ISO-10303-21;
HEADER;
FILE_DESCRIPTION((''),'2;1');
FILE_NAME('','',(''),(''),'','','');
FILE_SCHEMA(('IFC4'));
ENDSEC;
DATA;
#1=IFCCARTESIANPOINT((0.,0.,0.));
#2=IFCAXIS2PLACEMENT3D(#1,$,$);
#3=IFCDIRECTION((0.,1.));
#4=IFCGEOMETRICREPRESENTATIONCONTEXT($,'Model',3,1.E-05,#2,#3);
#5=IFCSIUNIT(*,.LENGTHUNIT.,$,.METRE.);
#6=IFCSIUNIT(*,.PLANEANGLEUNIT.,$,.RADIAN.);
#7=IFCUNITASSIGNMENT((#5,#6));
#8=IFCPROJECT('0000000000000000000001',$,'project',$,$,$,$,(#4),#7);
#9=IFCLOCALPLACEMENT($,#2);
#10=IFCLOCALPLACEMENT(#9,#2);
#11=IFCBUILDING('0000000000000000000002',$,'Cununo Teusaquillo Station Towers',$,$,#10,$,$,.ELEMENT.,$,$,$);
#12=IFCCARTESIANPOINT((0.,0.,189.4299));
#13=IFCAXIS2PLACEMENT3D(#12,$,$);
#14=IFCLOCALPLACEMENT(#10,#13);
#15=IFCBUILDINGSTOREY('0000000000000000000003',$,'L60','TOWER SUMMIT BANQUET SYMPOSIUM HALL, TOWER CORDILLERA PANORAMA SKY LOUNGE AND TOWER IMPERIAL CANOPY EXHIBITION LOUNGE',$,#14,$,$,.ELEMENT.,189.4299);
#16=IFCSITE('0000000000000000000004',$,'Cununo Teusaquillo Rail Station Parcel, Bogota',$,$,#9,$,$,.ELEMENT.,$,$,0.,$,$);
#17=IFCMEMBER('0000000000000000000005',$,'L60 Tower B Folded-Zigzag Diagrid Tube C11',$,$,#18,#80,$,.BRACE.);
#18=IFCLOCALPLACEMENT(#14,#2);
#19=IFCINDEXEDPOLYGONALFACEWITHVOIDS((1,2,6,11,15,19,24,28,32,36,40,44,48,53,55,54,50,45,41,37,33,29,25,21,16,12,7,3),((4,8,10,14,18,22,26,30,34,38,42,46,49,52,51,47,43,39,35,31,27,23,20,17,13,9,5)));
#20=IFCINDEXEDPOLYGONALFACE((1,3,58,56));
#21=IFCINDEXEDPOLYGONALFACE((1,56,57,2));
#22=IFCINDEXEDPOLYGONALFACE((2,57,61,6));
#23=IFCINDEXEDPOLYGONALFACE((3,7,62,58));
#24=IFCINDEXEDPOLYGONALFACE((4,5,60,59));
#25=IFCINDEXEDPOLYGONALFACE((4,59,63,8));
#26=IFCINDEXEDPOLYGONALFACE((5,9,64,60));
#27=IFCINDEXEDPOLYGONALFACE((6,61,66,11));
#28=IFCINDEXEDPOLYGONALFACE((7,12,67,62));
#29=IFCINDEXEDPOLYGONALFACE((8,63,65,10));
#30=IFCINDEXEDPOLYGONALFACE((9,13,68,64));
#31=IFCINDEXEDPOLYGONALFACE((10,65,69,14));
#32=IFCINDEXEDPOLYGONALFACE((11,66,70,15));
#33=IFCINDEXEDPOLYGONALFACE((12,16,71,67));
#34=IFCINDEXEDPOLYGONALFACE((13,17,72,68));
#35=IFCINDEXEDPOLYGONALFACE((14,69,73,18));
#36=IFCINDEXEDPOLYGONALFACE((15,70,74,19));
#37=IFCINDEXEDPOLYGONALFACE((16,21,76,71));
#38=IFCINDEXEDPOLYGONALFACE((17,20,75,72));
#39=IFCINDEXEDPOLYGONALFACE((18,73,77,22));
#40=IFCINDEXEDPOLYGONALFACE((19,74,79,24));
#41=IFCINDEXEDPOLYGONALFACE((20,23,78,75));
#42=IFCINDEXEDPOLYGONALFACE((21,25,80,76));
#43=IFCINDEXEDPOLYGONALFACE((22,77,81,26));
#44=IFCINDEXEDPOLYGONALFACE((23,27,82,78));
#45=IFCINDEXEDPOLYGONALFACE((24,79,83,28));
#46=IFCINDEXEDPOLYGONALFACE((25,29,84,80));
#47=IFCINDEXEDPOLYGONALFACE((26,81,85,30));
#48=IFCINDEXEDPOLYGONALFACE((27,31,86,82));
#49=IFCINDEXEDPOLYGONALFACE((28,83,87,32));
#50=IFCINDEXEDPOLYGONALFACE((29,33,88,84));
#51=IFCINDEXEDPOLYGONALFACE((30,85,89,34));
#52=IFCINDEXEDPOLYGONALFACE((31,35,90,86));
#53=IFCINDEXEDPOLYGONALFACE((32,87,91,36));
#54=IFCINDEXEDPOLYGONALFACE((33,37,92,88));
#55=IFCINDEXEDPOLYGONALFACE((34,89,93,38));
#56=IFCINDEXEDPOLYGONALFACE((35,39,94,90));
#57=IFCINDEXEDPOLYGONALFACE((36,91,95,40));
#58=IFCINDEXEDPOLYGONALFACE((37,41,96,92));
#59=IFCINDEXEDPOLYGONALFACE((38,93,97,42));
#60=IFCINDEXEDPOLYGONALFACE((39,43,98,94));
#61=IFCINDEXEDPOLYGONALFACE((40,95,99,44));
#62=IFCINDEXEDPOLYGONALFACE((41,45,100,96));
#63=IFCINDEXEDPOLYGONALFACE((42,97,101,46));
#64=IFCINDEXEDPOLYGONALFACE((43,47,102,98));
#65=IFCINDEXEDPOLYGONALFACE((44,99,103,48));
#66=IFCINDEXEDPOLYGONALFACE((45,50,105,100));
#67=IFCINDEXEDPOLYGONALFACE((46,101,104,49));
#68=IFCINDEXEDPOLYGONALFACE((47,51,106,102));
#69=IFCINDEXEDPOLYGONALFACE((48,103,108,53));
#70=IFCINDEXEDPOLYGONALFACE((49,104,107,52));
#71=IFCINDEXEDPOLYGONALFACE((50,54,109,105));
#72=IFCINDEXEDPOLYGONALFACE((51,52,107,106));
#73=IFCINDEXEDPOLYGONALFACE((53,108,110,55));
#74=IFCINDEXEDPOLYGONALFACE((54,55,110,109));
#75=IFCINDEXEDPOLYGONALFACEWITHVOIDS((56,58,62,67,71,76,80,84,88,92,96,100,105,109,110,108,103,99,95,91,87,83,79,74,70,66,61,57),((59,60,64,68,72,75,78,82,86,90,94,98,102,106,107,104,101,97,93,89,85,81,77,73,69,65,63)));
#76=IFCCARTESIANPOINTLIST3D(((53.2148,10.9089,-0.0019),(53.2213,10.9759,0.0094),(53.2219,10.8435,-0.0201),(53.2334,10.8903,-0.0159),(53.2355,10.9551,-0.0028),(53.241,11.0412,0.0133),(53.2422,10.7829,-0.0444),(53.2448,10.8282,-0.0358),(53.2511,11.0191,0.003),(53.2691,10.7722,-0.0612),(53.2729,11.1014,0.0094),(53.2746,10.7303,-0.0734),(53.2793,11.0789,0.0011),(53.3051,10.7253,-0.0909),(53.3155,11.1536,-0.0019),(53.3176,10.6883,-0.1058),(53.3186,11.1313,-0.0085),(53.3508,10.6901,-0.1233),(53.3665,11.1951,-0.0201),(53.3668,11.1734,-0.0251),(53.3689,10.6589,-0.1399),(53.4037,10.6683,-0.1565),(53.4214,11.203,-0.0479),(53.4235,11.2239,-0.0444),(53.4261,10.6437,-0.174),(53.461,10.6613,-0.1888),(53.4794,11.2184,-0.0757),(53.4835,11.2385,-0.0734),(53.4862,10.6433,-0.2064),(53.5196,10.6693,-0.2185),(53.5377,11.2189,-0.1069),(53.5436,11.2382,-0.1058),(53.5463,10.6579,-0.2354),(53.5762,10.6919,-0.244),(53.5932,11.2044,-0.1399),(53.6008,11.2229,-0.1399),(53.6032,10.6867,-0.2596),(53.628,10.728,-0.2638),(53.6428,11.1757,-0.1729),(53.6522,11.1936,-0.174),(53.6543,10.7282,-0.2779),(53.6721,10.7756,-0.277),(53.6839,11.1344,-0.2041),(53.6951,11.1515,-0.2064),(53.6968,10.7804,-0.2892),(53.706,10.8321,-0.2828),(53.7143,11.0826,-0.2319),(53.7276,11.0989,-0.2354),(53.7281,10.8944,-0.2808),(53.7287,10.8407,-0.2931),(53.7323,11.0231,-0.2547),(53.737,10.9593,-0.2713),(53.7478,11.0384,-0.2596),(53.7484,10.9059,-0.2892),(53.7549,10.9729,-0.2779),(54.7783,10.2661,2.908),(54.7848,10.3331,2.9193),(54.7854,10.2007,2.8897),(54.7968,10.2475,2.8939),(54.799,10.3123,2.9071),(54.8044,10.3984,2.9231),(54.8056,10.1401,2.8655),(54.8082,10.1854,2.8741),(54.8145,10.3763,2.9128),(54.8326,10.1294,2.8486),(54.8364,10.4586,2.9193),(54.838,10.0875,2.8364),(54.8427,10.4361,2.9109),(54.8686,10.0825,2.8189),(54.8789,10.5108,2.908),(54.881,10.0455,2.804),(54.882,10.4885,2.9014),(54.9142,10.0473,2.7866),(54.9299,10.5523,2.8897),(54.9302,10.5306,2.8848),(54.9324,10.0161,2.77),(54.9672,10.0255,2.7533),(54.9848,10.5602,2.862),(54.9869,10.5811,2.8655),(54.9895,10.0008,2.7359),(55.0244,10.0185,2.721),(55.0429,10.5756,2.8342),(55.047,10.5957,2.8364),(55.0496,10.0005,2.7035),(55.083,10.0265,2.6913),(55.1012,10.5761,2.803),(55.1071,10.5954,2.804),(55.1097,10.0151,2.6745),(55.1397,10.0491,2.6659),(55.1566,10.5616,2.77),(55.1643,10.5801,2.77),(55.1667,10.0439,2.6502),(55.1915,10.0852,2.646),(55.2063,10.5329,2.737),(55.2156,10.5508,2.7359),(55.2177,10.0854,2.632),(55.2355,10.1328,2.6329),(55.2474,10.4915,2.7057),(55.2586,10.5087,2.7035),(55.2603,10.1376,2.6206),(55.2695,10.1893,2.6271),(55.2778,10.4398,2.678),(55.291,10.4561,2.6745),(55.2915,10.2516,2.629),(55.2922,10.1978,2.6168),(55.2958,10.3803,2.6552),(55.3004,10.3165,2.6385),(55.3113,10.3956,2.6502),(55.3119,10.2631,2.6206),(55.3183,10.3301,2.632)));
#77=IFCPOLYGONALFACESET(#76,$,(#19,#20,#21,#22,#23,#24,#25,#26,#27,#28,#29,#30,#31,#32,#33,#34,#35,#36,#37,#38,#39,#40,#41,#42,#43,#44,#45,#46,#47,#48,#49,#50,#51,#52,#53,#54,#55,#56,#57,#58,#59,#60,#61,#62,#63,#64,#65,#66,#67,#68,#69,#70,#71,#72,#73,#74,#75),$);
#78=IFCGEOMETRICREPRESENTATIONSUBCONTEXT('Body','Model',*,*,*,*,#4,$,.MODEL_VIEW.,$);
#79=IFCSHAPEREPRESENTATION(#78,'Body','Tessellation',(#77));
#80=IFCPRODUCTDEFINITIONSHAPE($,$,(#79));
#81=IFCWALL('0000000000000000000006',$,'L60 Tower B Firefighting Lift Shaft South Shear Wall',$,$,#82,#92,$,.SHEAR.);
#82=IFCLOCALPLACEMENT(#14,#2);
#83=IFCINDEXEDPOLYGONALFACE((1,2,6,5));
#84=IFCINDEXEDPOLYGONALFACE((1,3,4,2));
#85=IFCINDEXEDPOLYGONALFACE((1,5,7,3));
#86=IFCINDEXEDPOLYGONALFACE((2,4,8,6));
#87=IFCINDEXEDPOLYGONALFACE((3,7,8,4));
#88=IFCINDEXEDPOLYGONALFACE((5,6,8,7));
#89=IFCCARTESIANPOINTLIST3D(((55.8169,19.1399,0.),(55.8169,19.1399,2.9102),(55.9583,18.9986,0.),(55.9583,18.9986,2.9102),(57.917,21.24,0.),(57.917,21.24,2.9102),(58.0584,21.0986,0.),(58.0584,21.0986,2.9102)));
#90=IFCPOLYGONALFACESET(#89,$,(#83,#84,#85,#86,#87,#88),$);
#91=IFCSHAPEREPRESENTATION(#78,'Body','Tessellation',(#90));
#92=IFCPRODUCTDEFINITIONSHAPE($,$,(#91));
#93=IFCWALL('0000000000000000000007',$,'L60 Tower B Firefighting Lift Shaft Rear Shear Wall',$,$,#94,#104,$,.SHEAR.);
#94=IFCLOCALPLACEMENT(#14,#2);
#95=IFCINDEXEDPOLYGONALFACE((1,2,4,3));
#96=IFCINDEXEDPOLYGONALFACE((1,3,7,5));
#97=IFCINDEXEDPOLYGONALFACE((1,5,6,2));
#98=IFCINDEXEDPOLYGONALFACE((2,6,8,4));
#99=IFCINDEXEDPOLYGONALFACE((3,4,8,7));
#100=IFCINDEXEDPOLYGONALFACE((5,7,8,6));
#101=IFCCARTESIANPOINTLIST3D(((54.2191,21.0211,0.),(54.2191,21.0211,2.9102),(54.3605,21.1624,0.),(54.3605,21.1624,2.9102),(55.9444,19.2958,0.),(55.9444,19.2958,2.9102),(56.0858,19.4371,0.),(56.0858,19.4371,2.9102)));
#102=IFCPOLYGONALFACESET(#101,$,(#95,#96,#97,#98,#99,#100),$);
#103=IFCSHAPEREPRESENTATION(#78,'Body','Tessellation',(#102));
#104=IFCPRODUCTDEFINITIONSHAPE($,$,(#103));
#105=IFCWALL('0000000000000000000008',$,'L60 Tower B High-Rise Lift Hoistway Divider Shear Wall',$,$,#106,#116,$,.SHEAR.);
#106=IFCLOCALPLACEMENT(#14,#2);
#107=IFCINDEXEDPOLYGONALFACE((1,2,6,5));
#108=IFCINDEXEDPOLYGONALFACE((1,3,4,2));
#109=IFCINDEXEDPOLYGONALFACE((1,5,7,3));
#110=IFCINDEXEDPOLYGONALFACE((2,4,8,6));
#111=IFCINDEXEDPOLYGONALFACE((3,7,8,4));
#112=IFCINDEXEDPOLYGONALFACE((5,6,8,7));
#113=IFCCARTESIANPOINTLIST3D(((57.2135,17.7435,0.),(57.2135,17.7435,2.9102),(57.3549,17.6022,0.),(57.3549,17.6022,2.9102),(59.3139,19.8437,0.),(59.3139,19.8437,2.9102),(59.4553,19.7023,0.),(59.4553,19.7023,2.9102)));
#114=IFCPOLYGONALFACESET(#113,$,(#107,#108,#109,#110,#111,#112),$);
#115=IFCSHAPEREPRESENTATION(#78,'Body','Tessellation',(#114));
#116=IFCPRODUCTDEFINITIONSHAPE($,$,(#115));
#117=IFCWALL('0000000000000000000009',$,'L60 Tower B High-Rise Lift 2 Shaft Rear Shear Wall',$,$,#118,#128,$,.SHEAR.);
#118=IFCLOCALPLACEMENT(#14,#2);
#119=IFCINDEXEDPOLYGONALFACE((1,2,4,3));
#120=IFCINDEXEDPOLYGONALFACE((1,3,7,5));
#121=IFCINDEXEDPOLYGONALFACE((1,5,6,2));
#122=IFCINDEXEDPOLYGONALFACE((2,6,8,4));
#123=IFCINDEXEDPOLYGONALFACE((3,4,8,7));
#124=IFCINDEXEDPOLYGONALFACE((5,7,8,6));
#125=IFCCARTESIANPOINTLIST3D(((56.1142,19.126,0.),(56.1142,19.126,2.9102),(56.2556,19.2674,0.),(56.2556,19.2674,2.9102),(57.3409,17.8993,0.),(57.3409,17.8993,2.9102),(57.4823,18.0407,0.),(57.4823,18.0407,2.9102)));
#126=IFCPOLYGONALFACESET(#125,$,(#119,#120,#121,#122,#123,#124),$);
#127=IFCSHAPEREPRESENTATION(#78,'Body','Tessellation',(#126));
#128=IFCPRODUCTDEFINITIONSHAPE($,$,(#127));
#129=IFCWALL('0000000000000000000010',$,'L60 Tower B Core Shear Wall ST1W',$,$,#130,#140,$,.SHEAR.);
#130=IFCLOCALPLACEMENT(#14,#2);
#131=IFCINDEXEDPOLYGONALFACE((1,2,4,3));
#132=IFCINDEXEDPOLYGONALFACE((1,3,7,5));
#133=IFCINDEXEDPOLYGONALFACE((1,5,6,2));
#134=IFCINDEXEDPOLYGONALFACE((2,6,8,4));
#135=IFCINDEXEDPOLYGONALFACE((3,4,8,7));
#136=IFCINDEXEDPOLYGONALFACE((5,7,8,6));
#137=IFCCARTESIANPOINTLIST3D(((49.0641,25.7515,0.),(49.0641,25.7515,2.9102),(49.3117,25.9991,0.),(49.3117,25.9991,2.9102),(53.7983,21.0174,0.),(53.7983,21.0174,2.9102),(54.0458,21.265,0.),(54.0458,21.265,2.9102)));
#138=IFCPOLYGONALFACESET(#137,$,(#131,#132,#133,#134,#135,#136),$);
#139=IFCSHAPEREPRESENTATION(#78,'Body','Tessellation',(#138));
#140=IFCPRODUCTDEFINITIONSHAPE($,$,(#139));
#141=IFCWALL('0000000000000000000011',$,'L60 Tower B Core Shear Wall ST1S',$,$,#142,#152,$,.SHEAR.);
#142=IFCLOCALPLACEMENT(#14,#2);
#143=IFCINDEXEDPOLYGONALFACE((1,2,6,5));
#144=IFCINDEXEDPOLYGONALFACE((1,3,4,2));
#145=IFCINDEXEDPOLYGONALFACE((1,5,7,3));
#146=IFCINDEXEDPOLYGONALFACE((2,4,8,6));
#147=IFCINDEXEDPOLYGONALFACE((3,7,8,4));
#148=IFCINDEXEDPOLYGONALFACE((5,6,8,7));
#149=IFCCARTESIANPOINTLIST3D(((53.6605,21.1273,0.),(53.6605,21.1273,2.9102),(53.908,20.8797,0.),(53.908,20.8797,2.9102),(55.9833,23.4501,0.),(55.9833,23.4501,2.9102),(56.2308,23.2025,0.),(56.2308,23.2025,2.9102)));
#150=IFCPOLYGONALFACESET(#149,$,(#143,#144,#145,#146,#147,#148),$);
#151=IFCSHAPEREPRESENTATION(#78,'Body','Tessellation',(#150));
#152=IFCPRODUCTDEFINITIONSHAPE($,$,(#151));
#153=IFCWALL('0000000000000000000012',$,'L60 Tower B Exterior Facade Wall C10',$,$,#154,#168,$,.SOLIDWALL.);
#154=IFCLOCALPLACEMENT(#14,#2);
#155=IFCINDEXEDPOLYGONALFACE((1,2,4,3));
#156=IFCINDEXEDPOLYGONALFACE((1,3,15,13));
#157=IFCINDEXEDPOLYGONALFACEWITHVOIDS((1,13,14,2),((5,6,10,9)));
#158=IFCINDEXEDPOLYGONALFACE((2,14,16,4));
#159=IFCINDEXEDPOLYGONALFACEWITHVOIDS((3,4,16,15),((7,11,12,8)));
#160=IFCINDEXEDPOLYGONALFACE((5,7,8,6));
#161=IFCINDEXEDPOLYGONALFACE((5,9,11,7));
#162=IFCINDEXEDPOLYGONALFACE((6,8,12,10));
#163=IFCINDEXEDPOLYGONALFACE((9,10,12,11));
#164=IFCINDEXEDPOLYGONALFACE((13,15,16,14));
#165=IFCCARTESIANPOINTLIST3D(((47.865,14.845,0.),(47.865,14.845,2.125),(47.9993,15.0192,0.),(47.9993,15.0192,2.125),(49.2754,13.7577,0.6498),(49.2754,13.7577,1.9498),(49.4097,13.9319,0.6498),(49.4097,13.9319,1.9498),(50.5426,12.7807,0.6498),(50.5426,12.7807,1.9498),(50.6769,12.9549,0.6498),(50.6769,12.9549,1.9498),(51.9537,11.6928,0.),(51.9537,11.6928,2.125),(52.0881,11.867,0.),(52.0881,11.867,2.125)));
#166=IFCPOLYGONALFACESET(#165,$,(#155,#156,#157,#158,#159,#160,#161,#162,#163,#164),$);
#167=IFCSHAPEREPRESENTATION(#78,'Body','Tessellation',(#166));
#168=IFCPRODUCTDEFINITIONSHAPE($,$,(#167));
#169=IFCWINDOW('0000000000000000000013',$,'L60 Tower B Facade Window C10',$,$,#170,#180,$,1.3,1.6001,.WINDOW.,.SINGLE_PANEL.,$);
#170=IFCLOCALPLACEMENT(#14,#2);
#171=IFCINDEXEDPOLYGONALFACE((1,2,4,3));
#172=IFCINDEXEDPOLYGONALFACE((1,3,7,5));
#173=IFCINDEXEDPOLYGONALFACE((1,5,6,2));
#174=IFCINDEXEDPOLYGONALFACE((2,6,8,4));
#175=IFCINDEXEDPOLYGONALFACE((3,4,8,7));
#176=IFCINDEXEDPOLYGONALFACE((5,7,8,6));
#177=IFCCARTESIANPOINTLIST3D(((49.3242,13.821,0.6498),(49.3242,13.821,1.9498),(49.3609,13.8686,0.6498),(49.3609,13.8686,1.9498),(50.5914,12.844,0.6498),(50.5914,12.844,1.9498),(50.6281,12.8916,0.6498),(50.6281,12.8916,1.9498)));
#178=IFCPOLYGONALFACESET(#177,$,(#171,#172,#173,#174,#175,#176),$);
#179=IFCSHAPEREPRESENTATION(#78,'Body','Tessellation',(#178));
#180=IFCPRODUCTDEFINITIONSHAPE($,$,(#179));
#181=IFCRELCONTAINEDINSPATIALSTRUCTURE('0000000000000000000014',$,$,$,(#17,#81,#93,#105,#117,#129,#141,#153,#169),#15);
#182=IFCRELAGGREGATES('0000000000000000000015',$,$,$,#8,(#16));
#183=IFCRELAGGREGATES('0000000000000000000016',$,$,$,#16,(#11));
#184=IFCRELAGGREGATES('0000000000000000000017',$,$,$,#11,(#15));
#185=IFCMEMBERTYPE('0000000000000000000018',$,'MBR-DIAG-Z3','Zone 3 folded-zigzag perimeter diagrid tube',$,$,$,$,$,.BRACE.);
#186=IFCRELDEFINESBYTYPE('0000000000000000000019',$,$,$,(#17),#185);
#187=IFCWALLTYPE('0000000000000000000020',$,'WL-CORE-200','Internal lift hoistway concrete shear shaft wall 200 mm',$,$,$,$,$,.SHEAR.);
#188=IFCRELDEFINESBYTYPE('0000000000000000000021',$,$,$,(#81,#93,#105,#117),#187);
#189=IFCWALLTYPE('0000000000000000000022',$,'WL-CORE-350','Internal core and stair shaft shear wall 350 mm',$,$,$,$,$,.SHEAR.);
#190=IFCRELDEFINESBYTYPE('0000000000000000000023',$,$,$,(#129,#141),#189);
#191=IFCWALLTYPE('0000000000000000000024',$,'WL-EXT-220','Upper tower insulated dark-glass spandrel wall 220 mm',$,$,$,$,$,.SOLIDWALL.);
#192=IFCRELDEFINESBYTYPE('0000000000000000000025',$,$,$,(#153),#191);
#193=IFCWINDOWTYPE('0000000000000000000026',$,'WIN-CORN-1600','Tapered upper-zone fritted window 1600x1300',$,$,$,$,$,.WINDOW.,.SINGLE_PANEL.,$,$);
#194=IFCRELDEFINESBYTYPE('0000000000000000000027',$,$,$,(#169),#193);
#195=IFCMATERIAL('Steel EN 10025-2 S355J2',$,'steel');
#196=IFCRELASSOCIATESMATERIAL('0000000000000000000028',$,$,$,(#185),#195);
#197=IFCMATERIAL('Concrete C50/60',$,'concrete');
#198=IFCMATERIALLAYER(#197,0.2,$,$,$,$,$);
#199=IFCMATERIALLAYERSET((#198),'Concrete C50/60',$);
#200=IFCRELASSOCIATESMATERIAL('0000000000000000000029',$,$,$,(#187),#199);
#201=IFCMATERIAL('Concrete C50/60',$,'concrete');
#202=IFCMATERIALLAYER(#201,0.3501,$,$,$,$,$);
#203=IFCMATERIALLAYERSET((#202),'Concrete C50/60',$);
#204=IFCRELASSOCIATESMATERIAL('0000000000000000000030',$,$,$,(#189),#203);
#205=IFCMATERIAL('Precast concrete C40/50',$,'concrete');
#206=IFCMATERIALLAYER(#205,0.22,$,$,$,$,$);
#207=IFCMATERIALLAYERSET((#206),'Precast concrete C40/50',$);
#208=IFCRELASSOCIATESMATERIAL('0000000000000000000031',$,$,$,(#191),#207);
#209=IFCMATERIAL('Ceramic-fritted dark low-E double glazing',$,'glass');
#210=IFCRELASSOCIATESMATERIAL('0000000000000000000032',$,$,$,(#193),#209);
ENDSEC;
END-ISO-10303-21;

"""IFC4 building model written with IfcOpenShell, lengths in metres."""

from ifc_helpers import new_model, si_unit, direction, frame, frame_2d, origin, origin_2d, place, context, subcontext, project, spatial, rectangle, hollow_circle, extrude, source, transform, mapped, material, layer, layer_set, material_profile, profile_set, type_object, element, fill, save


model = new_model("IFC4")

# Units and contexts
model_context = context("Model", 3, precision=1e-05, world=origin(), true_north=direction((0.0, 1.0)))
body_context = subcontext(model_context, "Body", "Model", "MODEL_VIEW")
ifc_project = project(units=[si_unit("LENGTHUNIT", "METRE"), si_unit("PLANEANGLEUNIT", "RADIAN")], contexts=[model_context])

# Site, building, storey
site_placement = place(None, origin())
site = spatial("IfcSite", under=ifc_project, at=site_placement, Name="Cununo Teusaquillo Rail Station Parcel, Bogota", CompositionType="ELEMENT", RefElevation=0.0)
building_placement = place(site_placement, origin())
building = spatial("IfcBuilding", under=site, at=building_placement, Name="Cununo Teusaquillo Station Towers", CompositionType="ELEMENT")
storey_placement = place(building_placement, frame((0.0, 0.0, 189.4299)))
storey = spatial("IfcBuildingStorey", under=building, at=storey_placement, Name="L60", Description="TOWER SUMMIT BANQUET SYMPOSIUM HALL, TOWER CORDILLERA PANORAMA SKY LOUNGE AND TOWER IMPERIAL CANOPY EXHIBITION LOUNGE", CompositionType="ELEMENT", Elevation=189.4299)

# Member
ifc_material_1 = material(Name="Steel EN 10025-2 S355J2", Category="steel")
ifc_material_profile_1 = material_profile(ifc_material_1, hollow_circle(Radius=0.3049, WallThickness=0.02, at=origin_2d()), Name="CHS 610x20")
ifc_profile_set_1 = profile_set([ifc_material_profile_1], Name="Steel EN 10025-2 S355J2")
member_type = type_object("IfcMemberType", Name="MBR-DIAG-Z3", Description="Zone 3 folded-zigzag perimeter diagrid tube", PredefinedType="BRACE", material=ifc_profile_set_1)
member_placement = place(storey_placement, frame((53.4849, 10.9409, -0.1399), z_axis=(0.464587, -0.191015, 0.86468), x_axis=(0.380263, 0.924878, 0.0)))
element("IfcMember", 1, at=member_placement, inside=storey, type_object=member_type, Name="L60 Tower B Folded-Zigzag Diagrid Tube C11", PredefinedType="BRACE", context=body_context, shape_type="SweptSolid", body=[
    extrude(hollow_circle(Radius=0.3049, WallThickness=0.02, at=origin_2d()), origin(), (0.0, 0.0, 1.0), 3.3652),
])

# Walls
ifc_material_2 = material(Name="Concrete C50/60", Category="concrete")
ifc_layer_1 = layer(ifc_material_2, 0.2)
ifc_layer_set_1 = layer_set([ifc_layer_1], Name="Concrete C50/60")
wall_type_1 = type_object("IfcWallType", Name="WL-CORE-200", Description="Internal lift hoistway concrete shear shaft wall 200 mm", PredefinedType="SHEAR", material=ifc_layer_set_1)
wall_1_placement = place(storey_placement, frame((55.8877, 19.0693, 0.0), z_axis=(0.0, 0.0, 1.0), x_axis=(0.707107, 0.707107, 0.0)))
element("IfcWall", 2, at=wall_1_placement, inside=storey, type_object=wall_type_1, Name="L60 Tower B Firefighting Lift Shaft South Shear Wall", PredefinedType="SHEAR", context=body_context, shape_type="SweptSolid", body=[
    extrude(rectangle(XDim=2.97, YDim=0.2, at=frame_2d((1.4849, 0.0))), origin(), (0.0, 0.0, 1.0), 2.9102),
])
wall_2_placement = place(storey_placement, frame((56.0151, 19.3665, 0.0), z_axis=(0.0, 0.0, 1.0), x_axis=(-0.707107, 0.707107, 0.0)))
element("IfcWall", 3, at=wall_2_placement, inside=storey, type_object=wall_type_1, Name="L60 Tower B Firefighting Lift Shaft Rear Shear Wall", PredefinedType="SHEAR", context=body_context, shape_type="SweptSolid", body=[
    extrude(rectangle(XDim=2.4399, YDim=0.2, at=frame_2d((1.22, 0.0))), origin(), (0.0, 0.0, 1.0), 2.9102),
])
wall_3_placement = place(storey_placement, frame((57.2842, 17.6729, 0.0), z_axis=(0.0, 0.0, 1.0), x_axis=(0.707148, 0.707066, 0.0)))
element("IfcWall", 4, at=wall_3_placement, inside=storey, type_object=wall_type_1, Name="L60 Tower B High-Rise Lift Hoistway Divider Shear Wall", PredefinedType="SHEAR", context=body_context, shape_type="SweptSolid", body=[
    extrude(rectangle(XDim=2.9702, YDim=0.2, at=frame_2d((1.4851, 0.0))), origin(), (0.0, 0.0, 1.0), 2.9102),
])
wall_4_placement = place(storey_placement, frame((57.4116, 17.97, 0.0), z_axis=(0.0, 0.0, 1.0), x_axis=(-0.707107, 0.707107, 0.0)))
element("IfcWall", 5, at=wall_4_placement, inside=storey, type_object=wall_type_1, Name="L60 Tower B High-Rise Lift 2 Shaft Rear Shear Wall", PredefinedType="SHEAR", context=body_context, shape_type="SweptSolid", body=[
    extrude(rectangle(XDim=1.7349, YDim=0.2, at=frame_2d((0.8674, 0.0))), origin(), (0.0, 0.0, 1.0), 2.9102),
])
ifc_material_3 = material(Name="Concrete C50/60", Category="concrete")
ifc_layer_2 = layer(ifc_material_3, 0.3501)
ifc_layer_set_2 = layer_set([ifc_layer_2], Name="Concrete C50/60")
wall_type_2 = type_object("IfcWallType", Name="WL-CORE-350", Description="Internal core and stair shaft shear wall 350 mm", PredefinedType="SHEAR", material=ifc_layer_set_2)
wall_5_placement = place(storey_placement, frame((53.9221, 21.1411, 0.0), z_axis=(0.0, 0.0, 1.0), x_axis=(-0.707107, 0.707107, 0.0)))
element("IfcWall", 6, at=wall_5_placement, inside=storey, type_object=wall_type_2, Name="L60 Tower B Core Shear Wall ST1W", PredefinedType="SHEAR", context=body_context, shape_type="SweptSolid", body=[
    extrude(rectangle(XDim=6.6951, YDim=0.3501, at=frame_2d((3.3477, 0.0))), origin(), (0.0, 0.0, 1.0), 2.9102),
])
wall_6_placement = place(storey_placement, frame((53.7842, 21.0034, 0.0), z_axis=(0.0, 0.0, 1.0), x_axis=(0.707107, 0.707107, 0.0)))
element("IfcWall", 7, at=wall_6_placement, inside=storey, type_object=wall_type_2, Name="L60 Tower B Core Shear Wall ST1S", PredefinedType="SHEAR", context=body_context, shape_type="SweptSolid", body=[
    extrude(rectangle(XDim=3.2849, YDim=0.3501, at=frame_2d((1.6426, 0.0))), origin(), (0.0, 0.0, 1.0), 2.9102),
])

# Wall, opening, window
ifc_material_4 = material(Name="Precast concrete C40/50", Category="concrete")
ifc_layer_3 = layer(ifc_material_4, 0.22)
ifc_layer_set_3 = layer_set([ifc_layer_3], Name="Precast concrete C40/50")
wall_type_3 = type_object("IfcWallType", Name="WL-EXT-220", Description="Upper tower insulated dark-glass spandrel wall 220 mm", PredefinedType="SOLIDWALL", material=ifc_layer_set_3)
wall_7_placement = place(storey_placement, frame((52.021, 11.7798, 0.0), z_axis=(0.0, 0.0, 1.0), x_axis=(-0.791963, 0.61057, 0.0)))
wall_7 = element("IfcWall", 8, at=wall_7_placement, inside=storey, type_object=wall_type_3, Name="L60 Tower B Exterior Facade Wall C10", PredefinedType="SOLIDWALL", context=body_context, shape_type="SweptSolid", body=[
    extrude(rectangle(XDim=5.1628, YDim=0.22, at=frame_2d((2.5815, 0.0))), origin(), (0.0, 0.0, 1.0), 2.125),
])
shared_shape_1 = source(origin(), body_context, "Body", "SweptSolid", [
    extrude(rectangle(XDim=1.6001, YDim=1.3, at=frame_2d((0.8, 0.6499))), frame((0.0, 0.1199, 0.0), z_axis=(0.0, -1.0, 0.0), x_axis=(1.0, 0.0, 0.0)), (0.0, 0.0, 1.0), 0.24),
])
opening_1_placement = place(wall_7_placement, frame((1.782, 0.0, 0.6499)))
opening_1 = element("IfcOpeningElement", 9, at=opening_1_placement, cuts=wall_7, PredefinedType="OPENING", context=body_context, shape_type="MappedRepresentation", body=[
    mapped(shared_shape_1, transform((0.0, 0.0, 0.0), x_axis=(1.0, 0.0, 0.0), y_axis=(0.0, 1.0, 0.0), z_axis=(0.0, 0.0, 1.0), scale=1.0)),
])
ifc_material_5 = material(Name="Ceramic-fritted dark low-E double glazing", Category="glass")
window_type = type_object("IfcWindowType", Name="WIN-CORN-1600", Description="Tapered upper-zone fritted window 1600x1300", PartitioningType="SINGLE_PANEL", PredefinedType="WINDOW", material=ifc_material_5)
shared_shape_2 = source(origin(), body_context, "Body", "SweptSolid", [
    extrude(rectangle(XDim=1.6001, YDim=1.3, at=frame_2d((0.8, 0.6499))), frame((0.0, 0.03, 0.0), z_axis=(0.0, -1.0, 0.0), x_axis=(1.0, 0.0, 0.0)), (0.0, 0.0, 1.0), 0.0601),
])
window_placement = place(opening_1_placement, origin())
window = element("IfcWindow", 10, at=window_placement, inside=storey, type_object=window_type, Name="L60 Tower B Facade Window C10", OverallHeight=1.3, OverallWidth=1.6001, PartitioningType="SINGLE_PANEL", PredefinedType="WINDOW", context=body_context, shape_type="MappedRepresentation", body=[
    mapped(shared_shape_2, transform((0.0, 0.0, 0.0), x_axis=(1.0, 0.0, 0.0), y_axis=(0.0, 1.0, 0.0), z_axis=(0.0, 0.0, 1.0), scale=1.0)),
])
fill(opening_1, window)

save(model, "model.ifc")
